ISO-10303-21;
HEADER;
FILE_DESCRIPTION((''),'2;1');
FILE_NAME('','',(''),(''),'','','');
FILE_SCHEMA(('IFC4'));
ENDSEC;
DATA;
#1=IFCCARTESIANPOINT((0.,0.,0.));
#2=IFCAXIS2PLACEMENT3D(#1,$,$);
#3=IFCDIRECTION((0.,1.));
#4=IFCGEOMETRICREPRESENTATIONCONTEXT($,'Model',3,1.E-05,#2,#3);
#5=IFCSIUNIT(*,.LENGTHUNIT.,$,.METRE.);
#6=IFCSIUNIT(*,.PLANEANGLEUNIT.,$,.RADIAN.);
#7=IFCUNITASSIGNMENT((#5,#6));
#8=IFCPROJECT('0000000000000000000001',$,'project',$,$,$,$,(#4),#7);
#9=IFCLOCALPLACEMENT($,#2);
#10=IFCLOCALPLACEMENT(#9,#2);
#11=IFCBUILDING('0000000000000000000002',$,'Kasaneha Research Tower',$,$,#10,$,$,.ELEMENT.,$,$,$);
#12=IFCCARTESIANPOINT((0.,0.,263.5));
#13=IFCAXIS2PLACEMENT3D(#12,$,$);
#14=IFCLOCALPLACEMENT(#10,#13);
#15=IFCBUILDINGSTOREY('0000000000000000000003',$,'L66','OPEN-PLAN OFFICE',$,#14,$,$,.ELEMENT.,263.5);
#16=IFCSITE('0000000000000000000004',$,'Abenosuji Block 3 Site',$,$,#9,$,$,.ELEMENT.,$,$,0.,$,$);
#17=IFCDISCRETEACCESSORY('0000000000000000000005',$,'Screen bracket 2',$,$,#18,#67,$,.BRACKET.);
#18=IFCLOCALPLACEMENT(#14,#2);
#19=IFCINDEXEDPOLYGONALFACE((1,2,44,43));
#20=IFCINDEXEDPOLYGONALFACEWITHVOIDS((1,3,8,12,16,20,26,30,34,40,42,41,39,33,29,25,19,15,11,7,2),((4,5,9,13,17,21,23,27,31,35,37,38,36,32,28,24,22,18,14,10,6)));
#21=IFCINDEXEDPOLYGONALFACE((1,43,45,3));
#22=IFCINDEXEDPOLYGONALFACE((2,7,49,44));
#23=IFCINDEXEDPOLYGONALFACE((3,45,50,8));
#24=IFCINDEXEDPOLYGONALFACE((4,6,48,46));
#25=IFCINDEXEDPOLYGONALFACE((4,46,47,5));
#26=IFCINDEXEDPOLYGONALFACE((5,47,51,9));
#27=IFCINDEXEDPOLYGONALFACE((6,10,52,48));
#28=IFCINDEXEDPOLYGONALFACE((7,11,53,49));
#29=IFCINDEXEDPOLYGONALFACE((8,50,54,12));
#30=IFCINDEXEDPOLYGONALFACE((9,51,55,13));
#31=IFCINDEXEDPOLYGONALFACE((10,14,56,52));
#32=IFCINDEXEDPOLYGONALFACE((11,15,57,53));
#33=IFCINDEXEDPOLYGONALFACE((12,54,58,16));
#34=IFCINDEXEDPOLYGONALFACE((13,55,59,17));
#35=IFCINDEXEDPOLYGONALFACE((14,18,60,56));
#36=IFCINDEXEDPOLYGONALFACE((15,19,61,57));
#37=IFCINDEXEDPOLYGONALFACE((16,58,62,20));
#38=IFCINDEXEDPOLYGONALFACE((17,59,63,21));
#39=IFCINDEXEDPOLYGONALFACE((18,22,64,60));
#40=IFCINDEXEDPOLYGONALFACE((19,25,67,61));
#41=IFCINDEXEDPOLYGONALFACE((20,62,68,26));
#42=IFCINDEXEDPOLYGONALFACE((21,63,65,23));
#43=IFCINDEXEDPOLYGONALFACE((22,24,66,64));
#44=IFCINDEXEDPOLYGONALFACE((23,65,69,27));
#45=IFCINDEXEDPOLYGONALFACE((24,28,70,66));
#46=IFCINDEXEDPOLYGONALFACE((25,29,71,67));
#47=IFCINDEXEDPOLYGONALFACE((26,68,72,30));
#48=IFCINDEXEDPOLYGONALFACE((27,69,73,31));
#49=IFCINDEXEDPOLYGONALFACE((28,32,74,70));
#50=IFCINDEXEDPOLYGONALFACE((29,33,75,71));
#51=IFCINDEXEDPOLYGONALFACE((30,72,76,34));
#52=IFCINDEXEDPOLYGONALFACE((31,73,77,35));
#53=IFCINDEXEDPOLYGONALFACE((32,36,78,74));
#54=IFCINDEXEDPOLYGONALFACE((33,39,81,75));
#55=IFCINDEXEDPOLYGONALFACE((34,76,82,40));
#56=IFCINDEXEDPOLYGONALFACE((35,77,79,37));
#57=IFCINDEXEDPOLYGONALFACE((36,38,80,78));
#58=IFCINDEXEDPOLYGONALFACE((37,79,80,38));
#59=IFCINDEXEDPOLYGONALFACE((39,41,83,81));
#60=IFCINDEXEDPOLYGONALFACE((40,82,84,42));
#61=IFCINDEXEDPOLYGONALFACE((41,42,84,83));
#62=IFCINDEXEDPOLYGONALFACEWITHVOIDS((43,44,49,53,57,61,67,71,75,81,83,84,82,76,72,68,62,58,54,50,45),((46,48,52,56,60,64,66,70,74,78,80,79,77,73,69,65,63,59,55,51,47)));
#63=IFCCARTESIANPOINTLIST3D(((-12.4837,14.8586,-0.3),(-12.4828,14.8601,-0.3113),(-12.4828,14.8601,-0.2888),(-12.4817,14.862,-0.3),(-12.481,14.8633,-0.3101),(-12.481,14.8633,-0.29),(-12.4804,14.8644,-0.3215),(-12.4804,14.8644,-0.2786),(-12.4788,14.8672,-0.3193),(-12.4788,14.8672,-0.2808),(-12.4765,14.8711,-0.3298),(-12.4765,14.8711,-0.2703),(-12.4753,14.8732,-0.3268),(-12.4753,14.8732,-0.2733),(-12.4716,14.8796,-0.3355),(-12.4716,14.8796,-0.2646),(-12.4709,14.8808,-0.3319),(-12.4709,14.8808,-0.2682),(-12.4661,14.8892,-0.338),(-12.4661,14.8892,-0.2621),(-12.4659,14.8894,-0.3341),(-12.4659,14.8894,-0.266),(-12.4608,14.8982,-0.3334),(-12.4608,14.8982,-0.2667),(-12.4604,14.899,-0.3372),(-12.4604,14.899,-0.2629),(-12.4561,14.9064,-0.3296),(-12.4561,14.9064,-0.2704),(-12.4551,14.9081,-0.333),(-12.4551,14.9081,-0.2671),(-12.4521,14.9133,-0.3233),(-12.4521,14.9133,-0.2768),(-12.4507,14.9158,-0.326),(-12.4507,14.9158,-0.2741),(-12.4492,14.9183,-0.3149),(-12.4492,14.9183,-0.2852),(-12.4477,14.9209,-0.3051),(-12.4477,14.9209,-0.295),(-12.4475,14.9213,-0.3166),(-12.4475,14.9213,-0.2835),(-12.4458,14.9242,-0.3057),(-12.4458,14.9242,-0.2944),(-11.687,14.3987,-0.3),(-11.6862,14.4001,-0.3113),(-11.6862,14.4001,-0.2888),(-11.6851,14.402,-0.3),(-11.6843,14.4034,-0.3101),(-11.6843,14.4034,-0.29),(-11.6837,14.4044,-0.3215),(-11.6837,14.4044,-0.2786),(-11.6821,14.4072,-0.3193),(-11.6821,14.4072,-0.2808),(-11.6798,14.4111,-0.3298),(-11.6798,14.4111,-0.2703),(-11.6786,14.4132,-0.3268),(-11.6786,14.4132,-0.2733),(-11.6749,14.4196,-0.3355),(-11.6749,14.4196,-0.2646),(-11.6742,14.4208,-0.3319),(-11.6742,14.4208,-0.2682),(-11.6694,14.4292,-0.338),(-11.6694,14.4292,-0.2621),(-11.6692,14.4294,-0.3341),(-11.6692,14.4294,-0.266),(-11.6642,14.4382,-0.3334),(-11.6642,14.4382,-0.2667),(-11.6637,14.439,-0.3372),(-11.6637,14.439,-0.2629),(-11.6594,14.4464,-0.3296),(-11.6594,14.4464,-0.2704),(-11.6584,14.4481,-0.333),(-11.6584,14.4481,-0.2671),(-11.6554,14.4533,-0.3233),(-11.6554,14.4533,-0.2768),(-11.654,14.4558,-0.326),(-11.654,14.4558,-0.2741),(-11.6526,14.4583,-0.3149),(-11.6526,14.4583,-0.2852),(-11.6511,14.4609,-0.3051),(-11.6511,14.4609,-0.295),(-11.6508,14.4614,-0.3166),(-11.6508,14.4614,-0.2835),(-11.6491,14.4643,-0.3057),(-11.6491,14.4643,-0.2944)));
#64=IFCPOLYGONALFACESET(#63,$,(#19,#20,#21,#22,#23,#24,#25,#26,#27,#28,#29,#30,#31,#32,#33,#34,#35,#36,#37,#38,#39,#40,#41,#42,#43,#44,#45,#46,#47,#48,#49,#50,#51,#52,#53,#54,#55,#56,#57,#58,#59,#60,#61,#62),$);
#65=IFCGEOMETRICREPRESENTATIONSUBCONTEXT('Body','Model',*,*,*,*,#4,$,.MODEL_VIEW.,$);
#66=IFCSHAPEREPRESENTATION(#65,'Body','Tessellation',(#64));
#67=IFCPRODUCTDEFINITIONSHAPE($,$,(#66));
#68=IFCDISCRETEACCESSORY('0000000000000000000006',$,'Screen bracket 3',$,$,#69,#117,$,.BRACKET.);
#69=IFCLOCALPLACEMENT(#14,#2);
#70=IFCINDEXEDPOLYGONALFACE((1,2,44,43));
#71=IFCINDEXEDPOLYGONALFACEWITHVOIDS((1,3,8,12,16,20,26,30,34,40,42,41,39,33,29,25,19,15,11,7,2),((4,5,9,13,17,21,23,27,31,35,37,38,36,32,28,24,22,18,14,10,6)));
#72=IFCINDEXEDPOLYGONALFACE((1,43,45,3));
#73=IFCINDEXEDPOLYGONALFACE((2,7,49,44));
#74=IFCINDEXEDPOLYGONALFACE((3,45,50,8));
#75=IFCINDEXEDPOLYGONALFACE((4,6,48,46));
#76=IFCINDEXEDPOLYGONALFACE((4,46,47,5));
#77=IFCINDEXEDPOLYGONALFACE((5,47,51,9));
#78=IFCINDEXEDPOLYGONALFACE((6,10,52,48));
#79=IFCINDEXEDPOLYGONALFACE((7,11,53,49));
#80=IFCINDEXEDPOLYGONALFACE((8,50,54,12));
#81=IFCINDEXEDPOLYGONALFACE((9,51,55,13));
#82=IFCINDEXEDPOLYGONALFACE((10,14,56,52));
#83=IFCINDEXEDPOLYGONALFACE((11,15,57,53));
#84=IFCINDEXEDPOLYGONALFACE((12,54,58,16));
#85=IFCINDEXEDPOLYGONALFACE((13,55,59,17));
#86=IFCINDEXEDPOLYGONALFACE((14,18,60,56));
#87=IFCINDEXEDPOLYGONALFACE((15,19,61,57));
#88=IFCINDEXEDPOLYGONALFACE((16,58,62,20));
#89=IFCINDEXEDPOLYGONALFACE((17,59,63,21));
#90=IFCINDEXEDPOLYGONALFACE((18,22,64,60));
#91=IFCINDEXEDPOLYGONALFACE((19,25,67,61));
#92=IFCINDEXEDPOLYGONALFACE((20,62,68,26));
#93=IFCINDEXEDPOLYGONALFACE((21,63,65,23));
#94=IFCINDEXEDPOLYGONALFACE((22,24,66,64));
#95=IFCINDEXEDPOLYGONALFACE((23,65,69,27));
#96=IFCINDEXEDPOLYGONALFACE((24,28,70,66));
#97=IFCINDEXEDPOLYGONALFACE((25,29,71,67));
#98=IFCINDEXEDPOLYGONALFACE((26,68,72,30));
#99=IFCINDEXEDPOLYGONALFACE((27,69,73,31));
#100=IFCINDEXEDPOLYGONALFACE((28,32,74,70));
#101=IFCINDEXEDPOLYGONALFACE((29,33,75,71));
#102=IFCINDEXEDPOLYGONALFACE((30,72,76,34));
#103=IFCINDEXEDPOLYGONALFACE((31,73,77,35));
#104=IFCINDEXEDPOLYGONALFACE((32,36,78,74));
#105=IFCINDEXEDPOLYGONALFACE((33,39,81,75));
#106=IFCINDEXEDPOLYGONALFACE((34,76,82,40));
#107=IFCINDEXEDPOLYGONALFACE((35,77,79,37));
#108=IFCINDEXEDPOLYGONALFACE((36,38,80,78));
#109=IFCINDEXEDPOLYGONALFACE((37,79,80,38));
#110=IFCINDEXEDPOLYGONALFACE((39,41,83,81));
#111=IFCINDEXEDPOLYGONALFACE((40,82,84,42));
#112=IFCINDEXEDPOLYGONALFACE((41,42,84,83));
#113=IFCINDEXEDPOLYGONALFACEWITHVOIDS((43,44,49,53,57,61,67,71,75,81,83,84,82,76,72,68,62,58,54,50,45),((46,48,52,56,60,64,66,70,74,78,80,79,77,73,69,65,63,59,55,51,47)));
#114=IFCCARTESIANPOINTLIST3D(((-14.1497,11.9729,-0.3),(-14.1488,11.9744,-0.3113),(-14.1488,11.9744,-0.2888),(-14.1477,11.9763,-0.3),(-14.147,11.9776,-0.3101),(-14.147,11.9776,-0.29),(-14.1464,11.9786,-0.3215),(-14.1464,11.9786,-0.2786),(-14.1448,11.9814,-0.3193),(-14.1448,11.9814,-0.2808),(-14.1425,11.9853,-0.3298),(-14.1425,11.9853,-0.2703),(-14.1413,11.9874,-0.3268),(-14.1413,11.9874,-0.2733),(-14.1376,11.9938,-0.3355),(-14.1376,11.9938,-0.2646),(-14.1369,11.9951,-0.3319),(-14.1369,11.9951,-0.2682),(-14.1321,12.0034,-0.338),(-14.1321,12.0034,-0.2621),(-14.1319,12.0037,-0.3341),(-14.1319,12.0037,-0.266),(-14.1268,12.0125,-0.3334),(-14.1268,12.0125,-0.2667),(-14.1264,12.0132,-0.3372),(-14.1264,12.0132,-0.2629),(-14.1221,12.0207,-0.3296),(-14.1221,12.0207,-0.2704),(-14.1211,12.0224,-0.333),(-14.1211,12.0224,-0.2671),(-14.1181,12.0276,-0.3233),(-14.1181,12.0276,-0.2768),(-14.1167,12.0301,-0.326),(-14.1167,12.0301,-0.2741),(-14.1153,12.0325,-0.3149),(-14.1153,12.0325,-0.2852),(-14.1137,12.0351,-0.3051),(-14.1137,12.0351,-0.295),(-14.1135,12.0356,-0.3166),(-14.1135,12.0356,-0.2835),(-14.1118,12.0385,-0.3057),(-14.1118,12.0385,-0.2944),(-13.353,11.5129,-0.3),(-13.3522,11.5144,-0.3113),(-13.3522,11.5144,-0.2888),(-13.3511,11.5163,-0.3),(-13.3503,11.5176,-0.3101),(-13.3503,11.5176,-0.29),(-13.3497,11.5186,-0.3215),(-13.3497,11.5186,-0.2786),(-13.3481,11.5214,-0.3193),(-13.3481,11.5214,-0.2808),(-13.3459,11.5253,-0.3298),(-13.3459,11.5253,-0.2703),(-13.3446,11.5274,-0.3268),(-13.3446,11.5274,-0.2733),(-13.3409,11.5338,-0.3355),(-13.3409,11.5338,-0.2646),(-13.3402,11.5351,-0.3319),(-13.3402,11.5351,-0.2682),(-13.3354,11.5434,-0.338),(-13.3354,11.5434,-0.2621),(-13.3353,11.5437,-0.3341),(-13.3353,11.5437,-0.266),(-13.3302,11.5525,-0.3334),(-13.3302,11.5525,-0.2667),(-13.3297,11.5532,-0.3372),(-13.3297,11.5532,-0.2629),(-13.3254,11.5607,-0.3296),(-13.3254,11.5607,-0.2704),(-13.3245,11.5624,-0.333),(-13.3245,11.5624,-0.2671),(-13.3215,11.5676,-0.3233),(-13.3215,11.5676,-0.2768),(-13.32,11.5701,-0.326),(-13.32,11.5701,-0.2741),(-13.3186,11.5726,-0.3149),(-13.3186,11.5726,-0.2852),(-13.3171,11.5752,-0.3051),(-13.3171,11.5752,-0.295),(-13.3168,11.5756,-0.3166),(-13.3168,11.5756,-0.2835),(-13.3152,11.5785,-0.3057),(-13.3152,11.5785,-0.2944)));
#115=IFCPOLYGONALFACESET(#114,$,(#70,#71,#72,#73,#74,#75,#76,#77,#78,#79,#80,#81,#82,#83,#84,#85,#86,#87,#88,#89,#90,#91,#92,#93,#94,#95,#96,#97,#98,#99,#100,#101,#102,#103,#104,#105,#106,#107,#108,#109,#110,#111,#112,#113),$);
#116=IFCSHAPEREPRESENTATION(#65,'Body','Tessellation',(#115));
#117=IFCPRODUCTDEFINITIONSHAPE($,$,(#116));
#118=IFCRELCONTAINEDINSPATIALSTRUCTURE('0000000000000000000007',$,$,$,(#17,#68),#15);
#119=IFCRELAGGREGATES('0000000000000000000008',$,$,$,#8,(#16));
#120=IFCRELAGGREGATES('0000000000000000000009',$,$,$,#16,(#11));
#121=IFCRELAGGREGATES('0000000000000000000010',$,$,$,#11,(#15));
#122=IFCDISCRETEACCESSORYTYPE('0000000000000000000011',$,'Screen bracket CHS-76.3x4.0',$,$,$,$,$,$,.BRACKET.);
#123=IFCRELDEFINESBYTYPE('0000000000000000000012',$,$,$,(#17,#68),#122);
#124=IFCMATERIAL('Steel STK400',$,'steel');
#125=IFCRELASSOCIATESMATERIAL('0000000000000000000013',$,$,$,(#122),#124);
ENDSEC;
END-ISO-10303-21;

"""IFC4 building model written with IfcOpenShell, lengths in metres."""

from ifc_helpers import new_model, si_unit, direction, frame, origin, origin_2d, place, context, subcontext, project, spatial, hollow_circle, extrude, material, material_profile, profile_set, type_object, element, save


model = new_model("IFC4")

# Units and contexts
model_context = context("Model", 3, precision=1e-05, world=origin(), true_north=direction((0.0, 1.0)))
body_context = subcontext(model_context, "Body", "Model", "MODEL_VIEW")
ifc_project = project(units=[si_unit("LENGTHUNIT", "METRE"), si_unit("PLANEANGLEUNIT", "RADIAN")], contexts=[model_context])

# Site, building, storey
site_placement = place(None, origin())
site = spatial("IfcSite", under=ifc_project, at=site_placement, Name="Abenosuji Block 3 Site", CompositionType="ELEMENT", RefElevation=0.0)
building_placement = place(site_placement, origin())
building = spatial("IfcBuilding", under=site, at=building_placement, Name="Kasaneha Research Tower", CompositionType="ELEMENT")
storey_placement = place(building_placement, frame((0.0, 0.0, 263.5)))
storey = spatial("IfcBuildingStorey", under=building, at=storey_placement, Name="L66", Description="OPEN-PLAN OFFICE", CompositionType="ELEMENT", Elevation=263.5)

# Discrete accessories
ifc_material_1 = material(Name="Steel STK400", Category="steel")
ifc_material_profile_1 = material_profile(ifc_material_1, hollow_circle(Radius=0.0381, WallThickness=0.0039, at=origin_2d()), Name="CHS-76.3x4.0")
ifc_profile_set_1 = profile_set([ifc_material_profile_1], Name="Steel STK400")
discrete_accessory_type = type_object("IfcDiscreteAccessoryType", Name="Screen bracket CHS-76.3x4.0", PredefinedType="BRACKET", material=ifc_profile_set_1)
for number, where, z_axis, x_axis, name in (
    (1, (-11.668, 14.4316, -0.3), (-0.866013, 0.500021, 0.0), (-0.500021, -0.866013, 0.0), "Screen bracket 2"),
    (2, (-13.334, 11.5459, -0.3), (-0.866013, 0.500021, 0.0), (-0.500021, -0.866013, 0.0), "Screen bracket 3"),
):
    element("IfcDiscreteAccessory", number, at=place(storey_placement, frame(where, z_axis=z_axis, x_axis=x_axis)), inside=storey, type_object=discrete_accessory_type, Name=name, PredefinedType="BRACKET", context=body_context, shape_type="SweptSolid", body=[
        extrude(hollow_circle(Radius=0.0381, WallThickness=0.0039, at=origin_2d()), origin(), (0.0, 0.0, 1.0), 0.9199),
    ])

save(model, "model.ifc")
